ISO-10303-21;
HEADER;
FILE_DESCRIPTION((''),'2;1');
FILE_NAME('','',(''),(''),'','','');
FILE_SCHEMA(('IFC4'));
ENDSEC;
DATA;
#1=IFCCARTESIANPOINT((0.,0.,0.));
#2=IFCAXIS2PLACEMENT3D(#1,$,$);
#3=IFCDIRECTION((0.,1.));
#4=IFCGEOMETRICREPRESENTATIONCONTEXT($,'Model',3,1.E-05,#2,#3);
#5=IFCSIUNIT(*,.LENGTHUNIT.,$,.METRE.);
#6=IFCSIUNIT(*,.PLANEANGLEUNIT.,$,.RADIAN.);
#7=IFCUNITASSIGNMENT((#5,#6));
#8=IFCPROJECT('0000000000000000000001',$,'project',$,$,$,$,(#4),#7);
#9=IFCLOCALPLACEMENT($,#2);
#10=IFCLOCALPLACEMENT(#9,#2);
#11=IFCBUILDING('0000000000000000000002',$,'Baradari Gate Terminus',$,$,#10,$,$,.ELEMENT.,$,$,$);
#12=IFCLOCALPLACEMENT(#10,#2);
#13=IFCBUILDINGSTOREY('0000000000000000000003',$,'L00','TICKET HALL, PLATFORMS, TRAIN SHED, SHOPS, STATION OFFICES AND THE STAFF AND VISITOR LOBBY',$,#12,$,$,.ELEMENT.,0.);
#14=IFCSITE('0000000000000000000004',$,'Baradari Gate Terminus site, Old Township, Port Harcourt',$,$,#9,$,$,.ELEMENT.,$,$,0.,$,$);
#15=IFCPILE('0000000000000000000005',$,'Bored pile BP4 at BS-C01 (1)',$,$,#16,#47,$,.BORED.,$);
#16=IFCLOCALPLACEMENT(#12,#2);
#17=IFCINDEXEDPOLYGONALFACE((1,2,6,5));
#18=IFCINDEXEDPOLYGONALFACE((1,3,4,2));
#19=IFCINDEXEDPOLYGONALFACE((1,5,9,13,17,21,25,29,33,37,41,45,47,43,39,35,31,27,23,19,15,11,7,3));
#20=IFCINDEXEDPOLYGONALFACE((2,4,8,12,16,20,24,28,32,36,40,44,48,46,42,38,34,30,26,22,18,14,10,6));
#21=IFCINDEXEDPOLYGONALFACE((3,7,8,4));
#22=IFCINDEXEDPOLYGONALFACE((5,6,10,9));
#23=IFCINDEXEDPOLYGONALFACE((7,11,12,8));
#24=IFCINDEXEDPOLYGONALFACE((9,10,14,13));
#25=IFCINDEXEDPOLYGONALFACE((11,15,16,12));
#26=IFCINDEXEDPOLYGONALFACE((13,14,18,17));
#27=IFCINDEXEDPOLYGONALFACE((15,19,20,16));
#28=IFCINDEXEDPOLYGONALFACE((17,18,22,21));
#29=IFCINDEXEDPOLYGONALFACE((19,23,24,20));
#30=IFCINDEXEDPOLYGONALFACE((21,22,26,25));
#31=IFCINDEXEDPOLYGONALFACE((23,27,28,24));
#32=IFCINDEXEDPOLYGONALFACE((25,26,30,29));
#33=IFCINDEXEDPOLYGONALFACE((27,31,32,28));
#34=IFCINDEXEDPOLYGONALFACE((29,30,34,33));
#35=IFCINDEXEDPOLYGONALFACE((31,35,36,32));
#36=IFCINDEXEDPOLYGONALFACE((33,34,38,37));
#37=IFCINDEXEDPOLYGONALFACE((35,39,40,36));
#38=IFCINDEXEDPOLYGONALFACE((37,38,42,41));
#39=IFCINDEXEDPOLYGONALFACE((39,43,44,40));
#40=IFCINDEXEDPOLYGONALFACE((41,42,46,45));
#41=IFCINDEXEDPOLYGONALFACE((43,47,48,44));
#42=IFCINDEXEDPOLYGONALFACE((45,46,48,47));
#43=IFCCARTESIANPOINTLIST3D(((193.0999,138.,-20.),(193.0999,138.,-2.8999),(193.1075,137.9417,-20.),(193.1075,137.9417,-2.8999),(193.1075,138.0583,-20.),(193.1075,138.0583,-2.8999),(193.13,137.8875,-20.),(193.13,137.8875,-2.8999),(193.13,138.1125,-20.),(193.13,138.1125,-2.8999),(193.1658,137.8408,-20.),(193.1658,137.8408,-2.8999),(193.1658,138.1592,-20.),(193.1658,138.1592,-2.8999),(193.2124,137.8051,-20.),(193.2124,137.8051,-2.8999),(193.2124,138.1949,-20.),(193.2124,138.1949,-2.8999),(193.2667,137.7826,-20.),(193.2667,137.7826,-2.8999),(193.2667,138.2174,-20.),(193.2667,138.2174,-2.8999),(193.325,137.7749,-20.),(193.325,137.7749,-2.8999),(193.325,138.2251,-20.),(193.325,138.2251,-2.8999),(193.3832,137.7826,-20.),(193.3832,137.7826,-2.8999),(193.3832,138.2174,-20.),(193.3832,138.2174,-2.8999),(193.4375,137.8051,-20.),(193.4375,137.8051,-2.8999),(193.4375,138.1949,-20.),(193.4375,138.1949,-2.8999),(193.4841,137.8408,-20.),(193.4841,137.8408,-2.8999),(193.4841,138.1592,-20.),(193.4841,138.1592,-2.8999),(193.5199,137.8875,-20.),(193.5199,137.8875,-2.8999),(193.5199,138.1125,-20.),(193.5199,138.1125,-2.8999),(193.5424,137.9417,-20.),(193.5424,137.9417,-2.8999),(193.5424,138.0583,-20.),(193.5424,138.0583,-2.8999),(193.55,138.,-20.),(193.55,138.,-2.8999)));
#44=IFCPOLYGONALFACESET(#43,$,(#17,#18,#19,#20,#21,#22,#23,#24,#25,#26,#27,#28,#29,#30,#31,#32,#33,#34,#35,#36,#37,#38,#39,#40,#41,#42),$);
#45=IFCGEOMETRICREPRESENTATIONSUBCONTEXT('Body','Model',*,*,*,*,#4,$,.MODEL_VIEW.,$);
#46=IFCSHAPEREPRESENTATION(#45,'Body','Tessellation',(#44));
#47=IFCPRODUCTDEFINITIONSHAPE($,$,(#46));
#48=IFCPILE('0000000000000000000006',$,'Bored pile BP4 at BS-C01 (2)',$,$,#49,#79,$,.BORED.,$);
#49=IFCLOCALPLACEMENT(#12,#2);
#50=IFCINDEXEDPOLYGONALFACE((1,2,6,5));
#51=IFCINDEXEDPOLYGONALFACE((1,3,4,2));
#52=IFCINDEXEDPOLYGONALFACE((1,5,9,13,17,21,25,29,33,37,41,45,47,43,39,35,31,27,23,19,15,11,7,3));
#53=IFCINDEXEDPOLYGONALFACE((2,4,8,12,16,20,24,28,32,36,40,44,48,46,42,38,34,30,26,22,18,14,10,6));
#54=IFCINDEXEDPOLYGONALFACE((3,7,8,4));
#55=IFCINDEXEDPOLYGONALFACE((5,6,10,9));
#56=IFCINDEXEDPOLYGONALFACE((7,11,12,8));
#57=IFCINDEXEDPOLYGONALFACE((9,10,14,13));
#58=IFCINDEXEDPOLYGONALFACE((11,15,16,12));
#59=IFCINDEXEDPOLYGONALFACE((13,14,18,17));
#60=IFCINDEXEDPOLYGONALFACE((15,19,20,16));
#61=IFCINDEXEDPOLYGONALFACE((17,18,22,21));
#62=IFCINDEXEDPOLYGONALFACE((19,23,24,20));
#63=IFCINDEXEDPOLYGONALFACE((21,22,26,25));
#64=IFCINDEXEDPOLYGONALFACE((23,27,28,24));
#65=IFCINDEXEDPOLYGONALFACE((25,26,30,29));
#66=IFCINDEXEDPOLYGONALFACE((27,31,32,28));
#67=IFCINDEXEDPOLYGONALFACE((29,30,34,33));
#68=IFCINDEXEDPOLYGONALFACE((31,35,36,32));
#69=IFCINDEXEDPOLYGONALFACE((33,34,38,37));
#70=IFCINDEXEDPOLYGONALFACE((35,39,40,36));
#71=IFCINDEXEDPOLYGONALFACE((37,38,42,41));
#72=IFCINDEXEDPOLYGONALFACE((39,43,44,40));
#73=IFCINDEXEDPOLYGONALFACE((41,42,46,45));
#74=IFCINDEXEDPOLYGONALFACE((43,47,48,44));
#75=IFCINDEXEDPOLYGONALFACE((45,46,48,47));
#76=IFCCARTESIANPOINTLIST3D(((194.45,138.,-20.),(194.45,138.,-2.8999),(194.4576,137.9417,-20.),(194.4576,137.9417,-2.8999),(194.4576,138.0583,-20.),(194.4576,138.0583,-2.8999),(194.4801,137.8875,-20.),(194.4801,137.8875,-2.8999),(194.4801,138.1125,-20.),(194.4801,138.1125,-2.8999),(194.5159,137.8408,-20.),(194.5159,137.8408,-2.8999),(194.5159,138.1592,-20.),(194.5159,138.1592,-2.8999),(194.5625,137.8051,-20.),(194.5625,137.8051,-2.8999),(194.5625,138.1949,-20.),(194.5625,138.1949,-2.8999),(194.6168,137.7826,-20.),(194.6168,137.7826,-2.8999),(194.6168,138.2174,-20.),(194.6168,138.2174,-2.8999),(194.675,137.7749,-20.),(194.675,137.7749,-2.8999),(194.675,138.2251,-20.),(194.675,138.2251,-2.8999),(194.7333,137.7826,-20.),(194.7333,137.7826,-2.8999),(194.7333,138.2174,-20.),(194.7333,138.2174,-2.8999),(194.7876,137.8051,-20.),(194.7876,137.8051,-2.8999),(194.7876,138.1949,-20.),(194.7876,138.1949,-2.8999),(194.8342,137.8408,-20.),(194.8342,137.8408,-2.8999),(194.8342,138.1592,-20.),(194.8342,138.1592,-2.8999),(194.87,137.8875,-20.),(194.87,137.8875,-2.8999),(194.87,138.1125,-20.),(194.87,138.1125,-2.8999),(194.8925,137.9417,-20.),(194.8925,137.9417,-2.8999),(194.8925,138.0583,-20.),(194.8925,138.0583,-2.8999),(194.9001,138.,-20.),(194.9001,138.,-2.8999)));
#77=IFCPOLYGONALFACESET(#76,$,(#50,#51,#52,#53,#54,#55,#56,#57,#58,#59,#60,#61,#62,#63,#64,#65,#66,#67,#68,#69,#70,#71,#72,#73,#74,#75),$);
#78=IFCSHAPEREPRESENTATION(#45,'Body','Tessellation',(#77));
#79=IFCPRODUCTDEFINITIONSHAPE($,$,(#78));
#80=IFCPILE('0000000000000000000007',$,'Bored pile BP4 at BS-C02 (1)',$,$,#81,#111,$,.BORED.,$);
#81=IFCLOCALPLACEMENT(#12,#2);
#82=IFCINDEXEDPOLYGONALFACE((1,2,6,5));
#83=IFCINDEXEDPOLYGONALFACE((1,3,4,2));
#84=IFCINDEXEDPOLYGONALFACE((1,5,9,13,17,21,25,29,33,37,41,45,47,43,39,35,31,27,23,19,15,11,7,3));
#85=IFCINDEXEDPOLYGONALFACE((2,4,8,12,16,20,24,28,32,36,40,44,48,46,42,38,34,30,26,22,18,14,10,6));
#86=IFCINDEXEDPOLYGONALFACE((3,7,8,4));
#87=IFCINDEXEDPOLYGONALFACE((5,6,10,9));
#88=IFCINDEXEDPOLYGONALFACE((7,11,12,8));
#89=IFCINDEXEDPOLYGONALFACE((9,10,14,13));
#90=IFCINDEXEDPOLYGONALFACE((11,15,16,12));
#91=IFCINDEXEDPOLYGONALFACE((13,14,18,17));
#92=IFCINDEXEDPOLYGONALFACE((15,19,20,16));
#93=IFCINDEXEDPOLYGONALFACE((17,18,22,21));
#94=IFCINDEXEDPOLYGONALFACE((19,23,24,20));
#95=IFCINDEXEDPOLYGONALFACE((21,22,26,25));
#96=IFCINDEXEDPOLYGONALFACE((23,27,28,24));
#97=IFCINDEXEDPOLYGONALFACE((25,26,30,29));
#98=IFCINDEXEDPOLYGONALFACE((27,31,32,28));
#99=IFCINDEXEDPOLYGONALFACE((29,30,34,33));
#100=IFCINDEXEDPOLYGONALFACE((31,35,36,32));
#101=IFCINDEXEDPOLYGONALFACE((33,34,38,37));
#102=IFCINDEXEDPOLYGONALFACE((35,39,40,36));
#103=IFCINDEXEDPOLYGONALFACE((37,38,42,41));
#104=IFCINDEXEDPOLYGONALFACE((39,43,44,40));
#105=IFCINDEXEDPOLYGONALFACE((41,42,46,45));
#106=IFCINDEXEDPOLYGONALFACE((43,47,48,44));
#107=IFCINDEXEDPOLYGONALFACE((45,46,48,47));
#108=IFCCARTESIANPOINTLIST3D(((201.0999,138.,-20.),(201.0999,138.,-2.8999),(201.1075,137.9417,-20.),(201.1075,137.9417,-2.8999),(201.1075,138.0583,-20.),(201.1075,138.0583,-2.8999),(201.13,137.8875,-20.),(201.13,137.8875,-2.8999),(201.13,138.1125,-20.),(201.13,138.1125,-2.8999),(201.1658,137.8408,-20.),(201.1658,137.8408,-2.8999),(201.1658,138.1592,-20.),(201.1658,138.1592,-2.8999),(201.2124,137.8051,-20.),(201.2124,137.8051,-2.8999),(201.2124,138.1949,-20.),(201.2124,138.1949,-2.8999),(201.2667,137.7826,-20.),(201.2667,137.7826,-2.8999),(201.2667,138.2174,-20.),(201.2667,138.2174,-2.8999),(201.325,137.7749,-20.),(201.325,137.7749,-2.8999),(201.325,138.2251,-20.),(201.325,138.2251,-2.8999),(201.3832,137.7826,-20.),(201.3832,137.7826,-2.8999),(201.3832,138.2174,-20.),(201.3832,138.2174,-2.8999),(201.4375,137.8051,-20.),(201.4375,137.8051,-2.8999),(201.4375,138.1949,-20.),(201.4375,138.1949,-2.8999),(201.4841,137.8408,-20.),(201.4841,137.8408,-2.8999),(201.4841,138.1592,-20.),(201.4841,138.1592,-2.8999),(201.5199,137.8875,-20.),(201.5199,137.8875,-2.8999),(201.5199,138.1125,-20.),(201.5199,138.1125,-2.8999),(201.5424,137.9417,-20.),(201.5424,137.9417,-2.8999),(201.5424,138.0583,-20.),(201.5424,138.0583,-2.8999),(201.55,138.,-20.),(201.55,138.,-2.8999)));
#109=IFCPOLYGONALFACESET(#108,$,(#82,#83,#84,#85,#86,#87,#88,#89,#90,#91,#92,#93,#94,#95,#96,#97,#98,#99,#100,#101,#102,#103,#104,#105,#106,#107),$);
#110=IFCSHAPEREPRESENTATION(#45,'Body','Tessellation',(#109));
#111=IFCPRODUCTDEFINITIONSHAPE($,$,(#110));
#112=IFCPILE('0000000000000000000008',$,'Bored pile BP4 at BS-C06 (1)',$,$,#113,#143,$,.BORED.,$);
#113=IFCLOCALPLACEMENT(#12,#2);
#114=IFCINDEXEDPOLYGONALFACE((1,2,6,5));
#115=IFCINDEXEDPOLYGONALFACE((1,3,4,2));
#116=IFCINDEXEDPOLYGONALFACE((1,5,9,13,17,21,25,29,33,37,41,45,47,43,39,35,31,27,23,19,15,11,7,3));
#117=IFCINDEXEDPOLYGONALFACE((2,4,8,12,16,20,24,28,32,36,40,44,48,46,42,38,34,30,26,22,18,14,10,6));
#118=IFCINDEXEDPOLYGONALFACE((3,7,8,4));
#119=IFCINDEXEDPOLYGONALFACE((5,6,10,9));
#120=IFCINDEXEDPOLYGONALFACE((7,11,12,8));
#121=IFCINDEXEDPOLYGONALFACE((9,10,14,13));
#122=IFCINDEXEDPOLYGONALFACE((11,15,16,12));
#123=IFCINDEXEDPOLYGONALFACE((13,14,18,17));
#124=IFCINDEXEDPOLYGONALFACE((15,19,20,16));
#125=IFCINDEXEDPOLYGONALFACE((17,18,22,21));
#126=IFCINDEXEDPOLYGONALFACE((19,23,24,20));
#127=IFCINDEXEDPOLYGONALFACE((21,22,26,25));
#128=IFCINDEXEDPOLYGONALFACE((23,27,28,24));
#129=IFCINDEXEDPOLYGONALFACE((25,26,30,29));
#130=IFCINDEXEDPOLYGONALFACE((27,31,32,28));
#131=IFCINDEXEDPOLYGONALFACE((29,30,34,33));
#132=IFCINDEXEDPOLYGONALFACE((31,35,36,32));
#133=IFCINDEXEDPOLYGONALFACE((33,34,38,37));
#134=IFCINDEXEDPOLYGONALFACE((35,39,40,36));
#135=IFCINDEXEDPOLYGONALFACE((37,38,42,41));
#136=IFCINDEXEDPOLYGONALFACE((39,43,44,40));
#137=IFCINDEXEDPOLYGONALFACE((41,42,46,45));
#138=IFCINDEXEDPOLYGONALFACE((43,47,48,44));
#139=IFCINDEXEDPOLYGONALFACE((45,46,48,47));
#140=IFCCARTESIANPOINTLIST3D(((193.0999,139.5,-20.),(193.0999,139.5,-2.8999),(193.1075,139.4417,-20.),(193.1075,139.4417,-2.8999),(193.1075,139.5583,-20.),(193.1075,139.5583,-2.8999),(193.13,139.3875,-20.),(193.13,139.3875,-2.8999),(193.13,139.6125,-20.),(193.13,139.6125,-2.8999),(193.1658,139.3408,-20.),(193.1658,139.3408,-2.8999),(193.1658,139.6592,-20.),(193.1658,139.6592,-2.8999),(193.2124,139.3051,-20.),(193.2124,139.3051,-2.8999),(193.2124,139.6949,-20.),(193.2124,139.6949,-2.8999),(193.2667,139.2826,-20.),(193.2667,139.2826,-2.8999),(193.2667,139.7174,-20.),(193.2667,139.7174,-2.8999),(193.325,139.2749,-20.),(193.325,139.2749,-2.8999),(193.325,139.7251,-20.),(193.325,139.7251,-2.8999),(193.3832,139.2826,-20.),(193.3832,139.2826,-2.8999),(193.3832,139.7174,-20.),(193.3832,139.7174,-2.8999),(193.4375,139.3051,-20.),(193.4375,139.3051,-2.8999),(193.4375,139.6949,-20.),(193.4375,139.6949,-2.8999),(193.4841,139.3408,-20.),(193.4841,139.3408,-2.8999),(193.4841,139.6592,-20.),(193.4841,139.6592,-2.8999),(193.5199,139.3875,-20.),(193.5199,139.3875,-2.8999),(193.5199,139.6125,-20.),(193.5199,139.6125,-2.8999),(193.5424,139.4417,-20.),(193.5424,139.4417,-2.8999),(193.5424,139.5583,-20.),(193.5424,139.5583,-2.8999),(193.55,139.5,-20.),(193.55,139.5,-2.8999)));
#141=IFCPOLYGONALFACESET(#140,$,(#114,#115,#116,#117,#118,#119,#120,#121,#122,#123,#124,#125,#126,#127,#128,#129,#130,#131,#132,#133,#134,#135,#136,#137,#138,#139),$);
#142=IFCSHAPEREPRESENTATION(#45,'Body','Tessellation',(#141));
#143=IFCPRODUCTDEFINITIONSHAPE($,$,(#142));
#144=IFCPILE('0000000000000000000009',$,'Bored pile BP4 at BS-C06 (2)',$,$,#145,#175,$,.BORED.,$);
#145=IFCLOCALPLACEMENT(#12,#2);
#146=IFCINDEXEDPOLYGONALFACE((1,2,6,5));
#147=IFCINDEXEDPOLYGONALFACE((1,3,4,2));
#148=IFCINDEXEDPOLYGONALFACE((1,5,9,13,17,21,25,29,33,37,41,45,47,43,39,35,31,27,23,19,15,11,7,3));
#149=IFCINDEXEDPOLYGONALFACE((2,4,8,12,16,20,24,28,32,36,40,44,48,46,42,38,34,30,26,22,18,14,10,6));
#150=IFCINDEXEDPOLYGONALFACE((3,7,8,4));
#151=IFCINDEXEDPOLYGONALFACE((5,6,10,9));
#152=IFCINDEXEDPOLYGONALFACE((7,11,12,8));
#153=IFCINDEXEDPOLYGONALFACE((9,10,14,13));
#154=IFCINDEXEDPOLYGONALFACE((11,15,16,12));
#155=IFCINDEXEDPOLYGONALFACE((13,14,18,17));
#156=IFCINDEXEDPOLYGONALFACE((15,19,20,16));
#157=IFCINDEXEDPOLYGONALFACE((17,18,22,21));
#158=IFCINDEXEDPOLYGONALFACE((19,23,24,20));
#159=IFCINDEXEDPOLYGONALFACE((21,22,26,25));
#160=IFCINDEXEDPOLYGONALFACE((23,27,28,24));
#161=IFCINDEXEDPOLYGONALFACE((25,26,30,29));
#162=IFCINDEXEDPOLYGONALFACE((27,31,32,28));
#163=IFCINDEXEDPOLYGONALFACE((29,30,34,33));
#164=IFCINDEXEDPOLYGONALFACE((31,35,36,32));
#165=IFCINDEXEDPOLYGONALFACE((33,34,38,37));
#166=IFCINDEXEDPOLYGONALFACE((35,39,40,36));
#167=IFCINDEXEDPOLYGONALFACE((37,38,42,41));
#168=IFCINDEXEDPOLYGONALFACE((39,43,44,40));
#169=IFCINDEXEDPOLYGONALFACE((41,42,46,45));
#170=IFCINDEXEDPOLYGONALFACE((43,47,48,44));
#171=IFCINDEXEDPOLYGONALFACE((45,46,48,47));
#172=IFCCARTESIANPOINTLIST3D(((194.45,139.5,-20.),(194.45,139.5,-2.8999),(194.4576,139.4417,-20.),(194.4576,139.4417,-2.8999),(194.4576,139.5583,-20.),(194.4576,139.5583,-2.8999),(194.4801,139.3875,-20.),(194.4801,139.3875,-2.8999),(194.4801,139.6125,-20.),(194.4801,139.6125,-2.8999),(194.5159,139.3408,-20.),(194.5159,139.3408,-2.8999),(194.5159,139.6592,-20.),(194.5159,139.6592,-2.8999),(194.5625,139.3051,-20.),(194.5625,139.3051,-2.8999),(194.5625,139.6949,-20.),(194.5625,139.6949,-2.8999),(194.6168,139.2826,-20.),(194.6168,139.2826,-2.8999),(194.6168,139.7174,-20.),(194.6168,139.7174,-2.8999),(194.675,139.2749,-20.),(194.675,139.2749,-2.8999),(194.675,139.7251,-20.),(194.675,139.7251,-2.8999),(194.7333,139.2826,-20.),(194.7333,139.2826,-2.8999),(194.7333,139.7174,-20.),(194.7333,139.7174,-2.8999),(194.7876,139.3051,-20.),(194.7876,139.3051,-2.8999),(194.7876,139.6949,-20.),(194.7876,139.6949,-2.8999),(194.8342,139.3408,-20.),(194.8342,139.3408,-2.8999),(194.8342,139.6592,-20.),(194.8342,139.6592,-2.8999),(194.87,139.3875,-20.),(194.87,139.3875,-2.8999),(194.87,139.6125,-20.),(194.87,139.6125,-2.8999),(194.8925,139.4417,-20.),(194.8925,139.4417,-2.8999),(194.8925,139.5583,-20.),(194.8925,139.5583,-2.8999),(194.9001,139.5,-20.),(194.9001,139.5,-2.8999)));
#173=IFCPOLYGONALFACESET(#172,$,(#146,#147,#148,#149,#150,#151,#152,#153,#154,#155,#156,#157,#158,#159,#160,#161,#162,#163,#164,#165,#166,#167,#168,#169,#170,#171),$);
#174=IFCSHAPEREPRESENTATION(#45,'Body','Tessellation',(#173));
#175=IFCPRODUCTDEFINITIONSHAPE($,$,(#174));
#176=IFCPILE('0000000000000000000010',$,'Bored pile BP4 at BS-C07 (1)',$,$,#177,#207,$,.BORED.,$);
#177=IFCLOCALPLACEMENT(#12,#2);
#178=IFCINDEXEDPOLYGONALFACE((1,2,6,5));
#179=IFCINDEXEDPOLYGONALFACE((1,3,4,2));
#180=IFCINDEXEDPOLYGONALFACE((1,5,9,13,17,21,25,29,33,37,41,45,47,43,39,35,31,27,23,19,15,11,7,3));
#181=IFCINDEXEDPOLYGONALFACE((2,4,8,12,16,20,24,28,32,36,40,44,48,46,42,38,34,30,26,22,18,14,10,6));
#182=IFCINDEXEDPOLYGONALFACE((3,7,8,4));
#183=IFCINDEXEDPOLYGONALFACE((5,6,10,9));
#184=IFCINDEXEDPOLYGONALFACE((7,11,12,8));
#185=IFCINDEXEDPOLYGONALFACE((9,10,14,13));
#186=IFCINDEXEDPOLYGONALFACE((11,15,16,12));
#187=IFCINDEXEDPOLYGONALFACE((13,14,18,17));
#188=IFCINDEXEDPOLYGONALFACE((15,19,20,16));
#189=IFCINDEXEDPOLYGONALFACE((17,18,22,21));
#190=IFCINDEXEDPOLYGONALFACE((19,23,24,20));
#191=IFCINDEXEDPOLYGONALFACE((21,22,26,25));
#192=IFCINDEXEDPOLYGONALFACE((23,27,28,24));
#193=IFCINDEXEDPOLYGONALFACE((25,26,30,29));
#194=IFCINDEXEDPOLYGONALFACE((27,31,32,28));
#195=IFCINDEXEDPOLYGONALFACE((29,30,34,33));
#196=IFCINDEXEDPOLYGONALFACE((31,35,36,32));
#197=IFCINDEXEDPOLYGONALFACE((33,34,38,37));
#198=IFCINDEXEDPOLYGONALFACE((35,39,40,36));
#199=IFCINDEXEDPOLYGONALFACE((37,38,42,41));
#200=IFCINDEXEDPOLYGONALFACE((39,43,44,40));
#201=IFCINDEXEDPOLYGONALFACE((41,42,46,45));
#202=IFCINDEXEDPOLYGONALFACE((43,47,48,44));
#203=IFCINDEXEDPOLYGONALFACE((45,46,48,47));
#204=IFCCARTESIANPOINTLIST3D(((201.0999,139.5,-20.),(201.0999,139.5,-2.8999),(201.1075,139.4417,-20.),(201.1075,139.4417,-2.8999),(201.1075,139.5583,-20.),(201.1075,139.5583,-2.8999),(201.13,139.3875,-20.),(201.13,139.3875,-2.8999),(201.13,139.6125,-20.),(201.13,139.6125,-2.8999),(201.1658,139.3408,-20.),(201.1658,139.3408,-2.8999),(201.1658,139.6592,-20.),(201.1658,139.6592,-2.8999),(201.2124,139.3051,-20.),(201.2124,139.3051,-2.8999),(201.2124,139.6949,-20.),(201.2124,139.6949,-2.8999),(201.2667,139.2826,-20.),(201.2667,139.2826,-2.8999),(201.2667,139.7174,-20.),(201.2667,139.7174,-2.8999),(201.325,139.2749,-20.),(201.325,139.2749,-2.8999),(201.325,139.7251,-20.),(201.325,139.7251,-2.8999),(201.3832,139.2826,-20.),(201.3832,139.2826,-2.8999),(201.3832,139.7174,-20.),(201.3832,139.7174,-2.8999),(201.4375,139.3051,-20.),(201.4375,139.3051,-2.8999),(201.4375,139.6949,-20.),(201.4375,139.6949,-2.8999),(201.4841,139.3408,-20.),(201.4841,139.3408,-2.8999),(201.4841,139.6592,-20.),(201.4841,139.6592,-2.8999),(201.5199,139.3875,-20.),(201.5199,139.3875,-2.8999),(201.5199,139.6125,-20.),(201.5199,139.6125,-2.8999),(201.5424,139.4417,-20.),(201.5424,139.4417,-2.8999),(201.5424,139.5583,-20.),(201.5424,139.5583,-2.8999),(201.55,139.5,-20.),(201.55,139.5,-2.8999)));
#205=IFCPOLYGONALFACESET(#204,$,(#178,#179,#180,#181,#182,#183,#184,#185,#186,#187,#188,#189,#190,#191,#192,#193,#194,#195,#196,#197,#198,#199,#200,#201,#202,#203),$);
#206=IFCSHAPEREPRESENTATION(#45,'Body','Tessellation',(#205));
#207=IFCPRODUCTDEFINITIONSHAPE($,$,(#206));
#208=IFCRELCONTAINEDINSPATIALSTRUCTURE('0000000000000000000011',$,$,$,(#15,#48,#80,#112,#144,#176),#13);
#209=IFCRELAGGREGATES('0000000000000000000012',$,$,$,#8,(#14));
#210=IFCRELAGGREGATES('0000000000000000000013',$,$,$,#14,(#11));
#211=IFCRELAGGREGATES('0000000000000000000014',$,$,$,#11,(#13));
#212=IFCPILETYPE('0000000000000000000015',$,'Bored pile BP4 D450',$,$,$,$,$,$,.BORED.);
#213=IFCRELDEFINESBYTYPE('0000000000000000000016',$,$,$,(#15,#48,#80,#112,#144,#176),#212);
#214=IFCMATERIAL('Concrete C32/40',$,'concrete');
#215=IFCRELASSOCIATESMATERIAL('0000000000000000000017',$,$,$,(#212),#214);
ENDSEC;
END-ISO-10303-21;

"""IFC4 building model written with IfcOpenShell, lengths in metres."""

from ifc_helpers import new_model, si_unit, direction, frame, origin, origin_2d, place, context, subcontext, project, spatial, circle, extrude, material, type_object, element, save


model = new_model("IFC4")

# Units and contexts
model_context = context("Model", 3, precision=1e-05, world=origin(), true_north=direction((0.0, 1.0)))
body_context = subcontext(model_context, "Body", "Model", "MODEL_VIEW")
ifc_project = project(units=[si_unit("LENGTHUNIT", "METRE"), si_unit("PLANEANGLEUNIT", "RADIAN")], contexts=[model_context])

# Site, building, storey
site_placement = place(None, origin())
site = spatial("IfcSite", under=ifc_project, at=site_placement, Name="Baradari Gate Terminus site, Old Township, Port Harcourt", CompositionType="ELEMENT", RefElevation=0.0)
building_placement = place(site_placement, origin())
building = spatial("IfcBuilding", under=site, at=building_placement, Name="Baradari Gate Terminus", CompositionType="ELEMENT")
storey_placement = place(building_placement, origin())
storey = spatial("IfcBuildingStorey", under=building, at=storey_placement, Name="L00", Description="TICKET HALL, PLATFORMS, TRAIN SHED, SHOPS, STATION OFFICES AND THE STAFF AND VISITOR LOBBY", CompositionType="ELEMENT", Elevation=0.0)

# Piles
ifc_material_1 = material(Name="Concrete C32/40", Category="concrete")
pile_type = type_object("IfcPileType", Name="Bored pile BP4 D450", PredefinedType="BORED", material=ifc_material_1)
for number, where, z_axis, x_axis, name in (
    (1, (193.325, 138.0, -2.8999), (0.0, 0.0, -1.0), (1.0, 0.0, 0.0), "Bored pile BP4 at BS-C01 (1)"),
    (2, (194.675, 138.0, -2.8999), (0.0, 0.0, -1.0), (1.0, 0.0, 0.0), "Bored pile BP4 at BS-C01 (2)"),
    (3, (201.325, 138.0, -2.8999), (0.0, 0.0, -1.0), (1.0, 0.0, 0.0), "Bored pile BP4 at BS-C02 (1)"),
    (4, (193.325, 139.5, -2.8999), (0.0, 0.0, -1.0), (1.0, 0.0, 0.0), "Bored pile BP4 at BS-C06 (1)"),
    (5, (194.675, 139.5, -2.8999), (0.0, 0.0, -1.0), (1.0, 0.0, 0.0), "Bored pile BP4 at BS-C06 (2)"),
    (6, (201.325, 139.5, -2.8999), (0.0, 0.0, -1.0), (1.0, 0.0, 0.0), "Bored pile BP4 at BS-C07 (1)"),
):
    element("IfcPile", number, at=place(storey_placement, frame(where, z_axis=z_axis, x_axis=x_axis)), inside=storey, type_object=pile_type, Name=name, PredefinedType="BORED", context=body_context, shape_type="SweptSolid", body=[
        extrude(circle(Radius=0.2251, at=origin_2d()), origin(), (0.0, 0.0, 1.0), 17.1001),
    ])

save(model, "model.ifc")
